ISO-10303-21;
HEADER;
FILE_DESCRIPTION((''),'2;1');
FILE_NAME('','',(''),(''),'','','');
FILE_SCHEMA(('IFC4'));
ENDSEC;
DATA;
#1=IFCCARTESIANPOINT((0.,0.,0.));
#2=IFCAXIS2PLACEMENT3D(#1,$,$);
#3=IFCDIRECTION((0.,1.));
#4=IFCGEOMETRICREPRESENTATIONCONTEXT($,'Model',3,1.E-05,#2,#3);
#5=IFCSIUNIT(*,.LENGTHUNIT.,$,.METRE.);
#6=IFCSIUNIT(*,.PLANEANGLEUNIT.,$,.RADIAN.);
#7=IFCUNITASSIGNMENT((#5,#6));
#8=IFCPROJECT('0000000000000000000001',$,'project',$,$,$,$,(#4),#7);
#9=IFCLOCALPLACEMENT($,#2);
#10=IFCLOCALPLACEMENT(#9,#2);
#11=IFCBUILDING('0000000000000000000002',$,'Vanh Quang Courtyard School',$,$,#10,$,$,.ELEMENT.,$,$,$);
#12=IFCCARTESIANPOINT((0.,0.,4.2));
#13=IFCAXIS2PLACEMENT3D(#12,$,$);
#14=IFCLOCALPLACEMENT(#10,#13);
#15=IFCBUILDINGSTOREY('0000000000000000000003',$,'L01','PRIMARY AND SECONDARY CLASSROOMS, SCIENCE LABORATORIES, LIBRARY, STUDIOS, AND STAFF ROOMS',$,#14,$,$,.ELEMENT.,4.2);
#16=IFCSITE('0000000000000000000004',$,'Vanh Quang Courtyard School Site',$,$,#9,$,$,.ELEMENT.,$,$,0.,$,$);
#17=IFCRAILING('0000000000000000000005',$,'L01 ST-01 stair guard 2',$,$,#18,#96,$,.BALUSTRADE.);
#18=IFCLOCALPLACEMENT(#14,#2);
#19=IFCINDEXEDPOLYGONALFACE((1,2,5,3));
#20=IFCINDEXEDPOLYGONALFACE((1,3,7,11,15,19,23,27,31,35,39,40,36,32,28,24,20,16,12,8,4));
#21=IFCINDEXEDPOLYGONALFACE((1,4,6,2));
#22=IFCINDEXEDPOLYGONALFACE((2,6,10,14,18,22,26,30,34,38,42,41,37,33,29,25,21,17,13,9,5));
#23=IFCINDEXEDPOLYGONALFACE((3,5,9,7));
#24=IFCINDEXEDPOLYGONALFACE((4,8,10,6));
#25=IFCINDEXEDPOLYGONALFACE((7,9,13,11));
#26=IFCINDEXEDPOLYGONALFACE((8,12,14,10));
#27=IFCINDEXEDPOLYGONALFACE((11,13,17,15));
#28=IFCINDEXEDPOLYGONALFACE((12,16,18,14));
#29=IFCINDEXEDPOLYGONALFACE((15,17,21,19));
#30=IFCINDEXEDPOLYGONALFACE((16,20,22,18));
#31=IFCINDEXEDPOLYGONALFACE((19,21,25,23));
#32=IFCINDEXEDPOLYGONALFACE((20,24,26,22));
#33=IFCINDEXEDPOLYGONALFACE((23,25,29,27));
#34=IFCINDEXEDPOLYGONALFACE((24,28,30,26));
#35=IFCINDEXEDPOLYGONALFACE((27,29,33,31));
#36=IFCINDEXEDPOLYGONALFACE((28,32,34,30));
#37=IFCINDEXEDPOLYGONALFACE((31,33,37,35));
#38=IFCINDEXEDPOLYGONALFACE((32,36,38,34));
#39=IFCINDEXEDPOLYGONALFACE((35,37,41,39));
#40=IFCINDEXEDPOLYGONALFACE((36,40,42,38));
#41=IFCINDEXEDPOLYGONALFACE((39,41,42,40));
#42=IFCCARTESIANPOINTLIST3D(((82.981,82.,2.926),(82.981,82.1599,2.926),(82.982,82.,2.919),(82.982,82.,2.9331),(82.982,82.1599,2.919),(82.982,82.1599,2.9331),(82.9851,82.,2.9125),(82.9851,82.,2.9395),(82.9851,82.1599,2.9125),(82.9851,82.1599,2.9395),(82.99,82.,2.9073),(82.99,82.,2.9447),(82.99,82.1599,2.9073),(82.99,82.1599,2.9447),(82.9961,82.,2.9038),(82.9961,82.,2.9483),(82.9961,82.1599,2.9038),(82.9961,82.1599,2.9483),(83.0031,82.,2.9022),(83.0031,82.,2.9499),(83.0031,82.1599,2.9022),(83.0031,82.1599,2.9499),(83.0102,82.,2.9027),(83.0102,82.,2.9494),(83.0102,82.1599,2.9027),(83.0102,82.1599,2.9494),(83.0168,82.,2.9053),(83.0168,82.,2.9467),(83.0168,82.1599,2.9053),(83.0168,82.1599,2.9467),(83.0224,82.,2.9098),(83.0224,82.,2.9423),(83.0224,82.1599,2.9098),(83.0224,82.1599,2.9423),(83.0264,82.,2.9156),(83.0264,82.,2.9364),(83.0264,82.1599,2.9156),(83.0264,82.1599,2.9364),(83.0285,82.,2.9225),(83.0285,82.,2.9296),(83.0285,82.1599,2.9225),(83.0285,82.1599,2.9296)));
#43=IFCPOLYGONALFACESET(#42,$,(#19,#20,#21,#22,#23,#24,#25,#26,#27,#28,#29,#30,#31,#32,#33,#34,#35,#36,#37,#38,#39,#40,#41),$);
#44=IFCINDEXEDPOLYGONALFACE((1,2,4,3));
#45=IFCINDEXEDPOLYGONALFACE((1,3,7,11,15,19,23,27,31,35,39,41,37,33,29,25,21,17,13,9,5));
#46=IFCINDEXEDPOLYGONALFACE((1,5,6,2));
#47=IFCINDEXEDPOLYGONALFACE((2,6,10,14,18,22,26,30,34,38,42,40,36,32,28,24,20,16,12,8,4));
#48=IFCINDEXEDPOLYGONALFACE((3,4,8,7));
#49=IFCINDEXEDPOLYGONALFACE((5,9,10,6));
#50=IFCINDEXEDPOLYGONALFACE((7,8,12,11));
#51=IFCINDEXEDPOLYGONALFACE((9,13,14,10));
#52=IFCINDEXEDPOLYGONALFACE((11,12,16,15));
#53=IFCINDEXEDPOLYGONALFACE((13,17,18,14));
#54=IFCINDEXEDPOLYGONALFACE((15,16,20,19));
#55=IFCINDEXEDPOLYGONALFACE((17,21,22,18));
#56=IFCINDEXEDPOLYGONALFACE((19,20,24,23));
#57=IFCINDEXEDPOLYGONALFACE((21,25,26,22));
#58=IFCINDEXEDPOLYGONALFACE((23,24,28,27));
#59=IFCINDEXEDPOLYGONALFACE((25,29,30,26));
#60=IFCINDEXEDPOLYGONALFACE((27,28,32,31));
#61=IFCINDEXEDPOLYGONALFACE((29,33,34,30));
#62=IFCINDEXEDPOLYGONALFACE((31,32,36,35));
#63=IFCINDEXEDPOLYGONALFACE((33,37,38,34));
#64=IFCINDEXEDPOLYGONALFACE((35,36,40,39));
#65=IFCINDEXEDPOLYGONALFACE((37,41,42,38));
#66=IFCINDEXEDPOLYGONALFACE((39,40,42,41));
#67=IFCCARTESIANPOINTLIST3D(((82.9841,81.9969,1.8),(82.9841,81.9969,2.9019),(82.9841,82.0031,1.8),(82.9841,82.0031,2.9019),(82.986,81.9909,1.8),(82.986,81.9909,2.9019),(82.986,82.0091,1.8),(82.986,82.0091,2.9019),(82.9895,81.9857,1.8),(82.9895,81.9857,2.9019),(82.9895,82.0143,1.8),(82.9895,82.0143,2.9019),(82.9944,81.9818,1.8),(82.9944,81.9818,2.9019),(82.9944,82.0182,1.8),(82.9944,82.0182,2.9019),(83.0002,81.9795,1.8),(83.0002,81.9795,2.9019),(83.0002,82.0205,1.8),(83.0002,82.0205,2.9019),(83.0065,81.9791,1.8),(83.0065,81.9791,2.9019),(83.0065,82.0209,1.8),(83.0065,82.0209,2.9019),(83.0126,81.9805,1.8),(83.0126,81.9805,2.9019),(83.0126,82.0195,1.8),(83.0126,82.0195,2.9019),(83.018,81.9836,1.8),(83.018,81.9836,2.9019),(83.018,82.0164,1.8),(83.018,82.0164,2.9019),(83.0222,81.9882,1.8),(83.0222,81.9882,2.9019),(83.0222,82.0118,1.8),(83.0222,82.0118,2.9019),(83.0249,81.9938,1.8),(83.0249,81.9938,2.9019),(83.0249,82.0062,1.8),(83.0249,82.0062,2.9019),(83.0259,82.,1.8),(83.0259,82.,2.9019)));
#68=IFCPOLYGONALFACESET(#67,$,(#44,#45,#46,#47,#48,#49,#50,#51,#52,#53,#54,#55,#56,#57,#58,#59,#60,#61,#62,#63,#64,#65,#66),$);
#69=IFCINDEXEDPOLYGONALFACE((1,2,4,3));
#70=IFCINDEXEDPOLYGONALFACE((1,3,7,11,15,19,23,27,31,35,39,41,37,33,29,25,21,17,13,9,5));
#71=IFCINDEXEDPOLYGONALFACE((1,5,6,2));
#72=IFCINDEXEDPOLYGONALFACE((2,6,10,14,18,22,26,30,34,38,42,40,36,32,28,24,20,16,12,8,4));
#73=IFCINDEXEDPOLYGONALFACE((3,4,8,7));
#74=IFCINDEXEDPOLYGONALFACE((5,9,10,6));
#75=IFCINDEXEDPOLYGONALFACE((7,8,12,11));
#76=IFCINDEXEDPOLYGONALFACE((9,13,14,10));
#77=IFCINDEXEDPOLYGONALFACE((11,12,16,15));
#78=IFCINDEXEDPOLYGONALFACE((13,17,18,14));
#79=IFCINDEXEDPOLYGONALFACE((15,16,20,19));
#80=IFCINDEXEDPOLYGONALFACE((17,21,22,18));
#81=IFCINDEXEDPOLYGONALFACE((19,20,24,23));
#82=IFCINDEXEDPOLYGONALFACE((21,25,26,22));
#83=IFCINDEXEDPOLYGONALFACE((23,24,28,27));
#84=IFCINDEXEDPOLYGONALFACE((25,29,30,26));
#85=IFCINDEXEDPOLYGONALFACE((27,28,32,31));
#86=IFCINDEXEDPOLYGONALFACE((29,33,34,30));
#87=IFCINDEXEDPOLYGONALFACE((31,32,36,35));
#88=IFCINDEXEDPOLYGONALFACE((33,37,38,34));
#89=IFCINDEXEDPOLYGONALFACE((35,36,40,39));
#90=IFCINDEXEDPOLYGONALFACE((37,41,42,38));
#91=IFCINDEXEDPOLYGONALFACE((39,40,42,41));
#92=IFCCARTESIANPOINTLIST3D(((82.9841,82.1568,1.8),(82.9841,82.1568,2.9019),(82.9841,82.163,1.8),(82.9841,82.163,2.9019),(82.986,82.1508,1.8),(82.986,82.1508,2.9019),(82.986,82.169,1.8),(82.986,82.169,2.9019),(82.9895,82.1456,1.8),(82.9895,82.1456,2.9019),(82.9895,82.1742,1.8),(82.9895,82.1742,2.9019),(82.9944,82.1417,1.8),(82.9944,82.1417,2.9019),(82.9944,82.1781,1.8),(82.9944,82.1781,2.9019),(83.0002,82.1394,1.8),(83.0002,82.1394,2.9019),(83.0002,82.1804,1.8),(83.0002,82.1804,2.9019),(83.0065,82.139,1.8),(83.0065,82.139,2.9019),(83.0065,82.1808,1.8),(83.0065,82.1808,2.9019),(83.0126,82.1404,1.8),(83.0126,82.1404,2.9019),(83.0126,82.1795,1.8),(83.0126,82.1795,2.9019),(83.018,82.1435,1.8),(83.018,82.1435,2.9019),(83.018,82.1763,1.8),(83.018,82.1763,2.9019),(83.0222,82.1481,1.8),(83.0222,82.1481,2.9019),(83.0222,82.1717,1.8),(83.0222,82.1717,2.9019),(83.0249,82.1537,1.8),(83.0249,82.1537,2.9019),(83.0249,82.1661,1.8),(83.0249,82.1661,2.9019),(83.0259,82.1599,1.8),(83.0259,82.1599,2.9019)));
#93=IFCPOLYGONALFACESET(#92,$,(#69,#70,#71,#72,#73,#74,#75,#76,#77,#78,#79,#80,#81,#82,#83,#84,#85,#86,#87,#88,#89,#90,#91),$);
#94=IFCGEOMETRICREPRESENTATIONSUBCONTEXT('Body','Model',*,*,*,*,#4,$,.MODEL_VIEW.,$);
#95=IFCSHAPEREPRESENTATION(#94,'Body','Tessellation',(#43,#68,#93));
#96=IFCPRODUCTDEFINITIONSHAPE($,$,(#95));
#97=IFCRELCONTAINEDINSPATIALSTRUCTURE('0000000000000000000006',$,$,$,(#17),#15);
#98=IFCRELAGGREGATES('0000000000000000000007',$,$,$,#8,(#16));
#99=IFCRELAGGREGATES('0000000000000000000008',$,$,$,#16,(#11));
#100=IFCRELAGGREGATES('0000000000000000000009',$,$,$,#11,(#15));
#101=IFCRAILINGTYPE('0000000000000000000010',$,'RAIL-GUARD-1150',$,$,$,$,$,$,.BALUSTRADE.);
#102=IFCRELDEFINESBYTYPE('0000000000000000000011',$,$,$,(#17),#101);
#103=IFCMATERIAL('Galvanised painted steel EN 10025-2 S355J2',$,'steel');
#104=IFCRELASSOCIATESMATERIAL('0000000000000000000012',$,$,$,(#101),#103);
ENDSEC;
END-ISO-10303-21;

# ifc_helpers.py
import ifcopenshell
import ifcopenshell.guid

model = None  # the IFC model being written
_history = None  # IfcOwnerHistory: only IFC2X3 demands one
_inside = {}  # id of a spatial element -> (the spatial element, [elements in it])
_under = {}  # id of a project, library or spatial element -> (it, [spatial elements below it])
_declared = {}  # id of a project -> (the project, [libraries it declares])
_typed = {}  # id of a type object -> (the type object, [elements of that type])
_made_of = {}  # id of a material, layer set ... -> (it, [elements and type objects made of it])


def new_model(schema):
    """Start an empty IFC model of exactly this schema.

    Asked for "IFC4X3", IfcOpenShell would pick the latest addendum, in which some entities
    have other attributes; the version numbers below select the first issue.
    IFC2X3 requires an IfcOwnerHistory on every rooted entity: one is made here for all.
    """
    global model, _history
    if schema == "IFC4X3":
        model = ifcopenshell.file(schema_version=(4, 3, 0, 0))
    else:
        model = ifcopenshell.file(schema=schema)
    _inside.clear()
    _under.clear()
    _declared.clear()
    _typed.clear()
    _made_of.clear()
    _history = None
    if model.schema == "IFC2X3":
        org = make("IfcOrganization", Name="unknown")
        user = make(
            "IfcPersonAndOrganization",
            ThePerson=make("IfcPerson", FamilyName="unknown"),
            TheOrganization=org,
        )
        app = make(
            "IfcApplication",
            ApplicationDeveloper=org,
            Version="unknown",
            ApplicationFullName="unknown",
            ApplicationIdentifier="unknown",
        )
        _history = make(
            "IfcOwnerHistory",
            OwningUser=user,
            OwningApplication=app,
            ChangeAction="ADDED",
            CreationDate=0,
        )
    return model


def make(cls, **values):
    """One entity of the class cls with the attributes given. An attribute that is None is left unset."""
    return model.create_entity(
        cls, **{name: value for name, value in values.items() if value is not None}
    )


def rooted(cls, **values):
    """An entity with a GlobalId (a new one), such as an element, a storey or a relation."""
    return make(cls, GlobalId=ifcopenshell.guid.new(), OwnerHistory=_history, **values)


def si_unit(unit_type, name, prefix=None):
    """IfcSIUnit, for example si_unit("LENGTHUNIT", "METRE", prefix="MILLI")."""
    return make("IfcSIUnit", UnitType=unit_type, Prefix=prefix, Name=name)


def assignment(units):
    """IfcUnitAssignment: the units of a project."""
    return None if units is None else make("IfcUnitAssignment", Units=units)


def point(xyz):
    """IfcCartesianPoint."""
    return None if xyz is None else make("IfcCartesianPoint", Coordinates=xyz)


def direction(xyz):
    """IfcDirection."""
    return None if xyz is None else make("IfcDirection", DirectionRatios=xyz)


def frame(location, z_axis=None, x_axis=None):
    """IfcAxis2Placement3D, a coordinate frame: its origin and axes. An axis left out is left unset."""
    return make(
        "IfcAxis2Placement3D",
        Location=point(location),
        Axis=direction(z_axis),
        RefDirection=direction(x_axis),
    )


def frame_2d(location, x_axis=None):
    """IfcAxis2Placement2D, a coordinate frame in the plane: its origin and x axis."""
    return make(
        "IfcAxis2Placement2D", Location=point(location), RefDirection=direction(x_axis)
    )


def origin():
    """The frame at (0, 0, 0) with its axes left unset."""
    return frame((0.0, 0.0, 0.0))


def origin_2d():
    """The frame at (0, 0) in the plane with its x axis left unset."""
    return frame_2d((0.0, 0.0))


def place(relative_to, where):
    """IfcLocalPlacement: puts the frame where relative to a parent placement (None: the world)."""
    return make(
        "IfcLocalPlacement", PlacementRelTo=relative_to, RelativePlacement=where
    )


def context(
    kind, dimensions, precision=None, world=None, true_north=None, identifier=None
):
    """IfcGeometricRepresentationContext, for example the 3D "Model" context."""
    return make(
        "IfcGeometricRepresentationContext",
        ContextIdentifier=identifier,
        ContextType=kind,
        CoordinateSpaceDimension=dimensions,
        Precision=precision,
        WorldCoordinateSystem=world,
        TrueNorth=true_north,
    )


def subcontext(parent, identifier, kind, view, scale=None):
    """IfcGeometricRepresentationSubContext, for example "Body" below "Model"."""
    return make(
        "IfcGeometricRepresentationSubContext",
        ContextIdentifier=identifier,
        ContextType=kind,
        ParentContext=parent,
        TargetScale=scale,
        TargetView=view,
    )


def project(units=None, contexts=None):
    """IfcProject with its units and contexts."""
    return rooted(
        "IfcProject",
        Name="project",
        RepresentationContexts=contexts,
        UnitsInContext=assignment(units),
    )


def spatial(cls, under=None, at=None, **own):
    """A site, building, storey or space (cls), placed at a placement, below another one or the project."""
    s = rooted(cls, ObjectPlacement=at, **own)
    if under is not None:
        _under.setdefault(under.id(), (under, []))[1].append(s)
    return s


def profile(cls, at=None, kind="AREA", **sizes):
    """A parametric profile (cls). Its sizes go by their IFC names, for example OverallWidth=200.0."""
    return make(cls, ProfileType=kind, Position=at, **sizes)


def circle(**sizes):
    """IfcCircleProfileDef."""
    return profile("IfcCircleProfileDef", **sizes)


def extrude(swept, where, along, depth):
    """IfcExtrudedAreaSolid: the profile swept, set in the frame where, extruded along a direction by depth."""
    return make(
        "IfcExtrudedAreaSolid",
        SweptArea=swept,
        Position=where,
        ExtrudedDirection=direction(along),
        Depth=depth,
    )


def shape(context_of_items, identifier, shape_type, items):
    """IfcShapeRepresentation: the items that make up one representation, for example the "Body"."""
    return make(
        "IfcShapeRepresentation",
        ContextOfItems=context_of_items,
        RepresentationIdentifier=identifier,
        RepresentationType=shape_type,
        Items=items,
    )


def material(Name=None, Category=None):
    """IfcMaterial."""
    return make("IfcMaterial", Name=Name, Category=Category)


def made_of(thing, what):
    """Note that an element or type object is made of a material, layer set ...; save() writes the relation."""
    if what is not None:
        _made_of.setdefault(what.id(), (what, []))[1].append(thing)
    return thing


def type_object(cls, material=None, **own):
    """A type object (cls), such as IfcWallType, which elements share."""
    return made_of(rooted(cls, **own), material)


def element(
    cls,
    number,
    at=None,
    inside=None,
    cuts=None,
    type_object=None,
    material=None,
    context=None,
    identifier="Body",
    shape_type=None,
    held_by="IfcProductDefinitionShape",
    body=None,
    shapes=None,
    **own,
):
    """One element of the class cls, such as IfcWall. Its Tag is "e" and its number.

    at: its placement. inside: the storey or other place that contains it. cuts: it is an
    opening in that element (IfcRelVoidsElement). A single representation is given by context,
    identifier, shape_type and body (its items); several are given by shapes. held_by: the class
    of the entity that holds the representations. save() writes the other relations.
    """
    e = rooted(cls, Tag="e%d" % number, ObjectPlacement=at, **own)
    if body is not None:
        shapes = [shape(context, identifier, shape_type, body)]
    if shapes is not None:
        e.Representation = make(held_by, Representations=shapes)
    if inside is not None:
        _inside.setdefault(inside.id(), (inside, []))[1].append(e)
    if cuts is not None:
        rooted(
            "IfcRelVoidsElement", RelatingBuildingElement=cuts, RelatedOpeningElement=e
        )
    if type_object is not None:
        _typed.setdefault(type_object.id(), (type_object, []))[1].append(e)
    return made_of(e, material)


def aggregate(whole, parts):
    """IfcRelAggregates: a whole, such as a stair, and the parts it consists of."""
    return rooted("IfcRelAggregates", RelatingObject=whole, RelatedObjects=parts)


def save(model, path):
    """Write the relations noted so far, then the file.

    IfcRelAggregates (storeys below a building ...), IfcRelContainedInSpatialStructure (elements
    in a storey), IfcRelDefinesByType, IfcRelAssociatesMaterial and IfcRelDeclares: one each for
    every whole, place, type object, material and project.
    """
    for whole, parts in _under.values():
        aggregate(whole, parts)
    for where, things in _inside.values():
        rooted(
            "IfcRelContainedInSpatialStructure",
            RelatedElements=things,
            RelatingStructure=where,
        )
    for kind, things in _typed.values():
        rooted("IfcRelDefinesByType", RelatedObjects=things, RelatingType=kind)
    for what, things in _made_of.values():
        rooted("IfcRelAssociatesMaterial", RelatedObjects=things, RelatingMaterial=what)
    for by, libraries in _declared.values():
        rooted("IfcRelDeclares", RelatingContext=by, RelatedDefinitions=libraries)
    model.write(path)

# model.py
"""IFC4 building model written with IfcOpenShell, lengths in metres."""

from ifc_helpers import new_model, si_unit, direction, frame, origin, origin_2d, place, context, subcontext, project, spatial, circle, extrude, material, type_object, element, save


model = new_model("IFC4")

# Units and contexts
model_context = context("Model", 3, precision=1e-05, world=origin(), true_north=direction((0.0, 1.0)))
body_context = subcontext(model_context, "Body", "Model", "MODEL_VIEW")
ifc_project = project(units=[si_unit("LENGTHUNIT", "METRE"), si_unit("PLANEANGLEUNIT", "RADIAN")], contexts=[model_context])

# Site, building, storey
site_placement = place(None, origin())
site = spatial("IfcSite", under=ifc_project, at=site_placement, Name="Vanh Quang Courtyard School Site", CompositionType="ELEMENT", RefElevation=0.0)
building_placement = place(site_placement, origin())
building = spatial("IfcBuilding", under=site, at=building_placement, Name="Vanh Quang Courtyard School", CompositionType="ELEMENT")
storey_placement = place(building_placement, frame((0.0, 0.0, 4.2)))
storey = spatial("IfcBuildingStorey", under=building, at=storey_placement, Name="L01", Description="PRIMARY AND SECONDARY CLASSROOMS, SCIENCE LABORATORIES, LIBRARY, STUDIOS, AND STAFF ROOMS", CompositionType="ELEMENT", Elevation=4.2)

# Railing
ifc_material_1 = material(Name="Galvanised painted steel EN 10025-2 S355J2", Category="steel")
railing_type_1 = type_object("IfcRailingType", Name="RAIL-GUARD-1150", PredefinedType="BALUSTRADE", material=ifc_material_1)
railing_1_placement = place(storey_placement, frame((83.0049, 82.0, 1.8)))
element("IfcRailing", 1, at=railing_1_placement, inside=storey, type_object=railing_type_1, Name="L01 ST-01 stair guard 2", PredefinedType="BALUSTRADE", context=body_context, shape_type="SweptSolid", body=[
    extrude(circle(Radius=0.0239, at=origin_2d()), frame((0.0, 0.0, 1.126), z_axis=(0.0, 1.0, 0.0), x_axis=(-1.0, 0.0, 0.0)), (0.0, 0.0, 1.0), 0.1599),
    extrude(circle(Radius=0.021, at=origin_2d()), origin(), (0.0, 0.0, 1.0), 1.1018),
    extrude(circle(Radius=0.021, at=origin_2d()), frame((0.0, 0.1599, 0.0)), (0.0, 0.0, 1.0), 1.1018),
])

save(model, "model.ifc")
